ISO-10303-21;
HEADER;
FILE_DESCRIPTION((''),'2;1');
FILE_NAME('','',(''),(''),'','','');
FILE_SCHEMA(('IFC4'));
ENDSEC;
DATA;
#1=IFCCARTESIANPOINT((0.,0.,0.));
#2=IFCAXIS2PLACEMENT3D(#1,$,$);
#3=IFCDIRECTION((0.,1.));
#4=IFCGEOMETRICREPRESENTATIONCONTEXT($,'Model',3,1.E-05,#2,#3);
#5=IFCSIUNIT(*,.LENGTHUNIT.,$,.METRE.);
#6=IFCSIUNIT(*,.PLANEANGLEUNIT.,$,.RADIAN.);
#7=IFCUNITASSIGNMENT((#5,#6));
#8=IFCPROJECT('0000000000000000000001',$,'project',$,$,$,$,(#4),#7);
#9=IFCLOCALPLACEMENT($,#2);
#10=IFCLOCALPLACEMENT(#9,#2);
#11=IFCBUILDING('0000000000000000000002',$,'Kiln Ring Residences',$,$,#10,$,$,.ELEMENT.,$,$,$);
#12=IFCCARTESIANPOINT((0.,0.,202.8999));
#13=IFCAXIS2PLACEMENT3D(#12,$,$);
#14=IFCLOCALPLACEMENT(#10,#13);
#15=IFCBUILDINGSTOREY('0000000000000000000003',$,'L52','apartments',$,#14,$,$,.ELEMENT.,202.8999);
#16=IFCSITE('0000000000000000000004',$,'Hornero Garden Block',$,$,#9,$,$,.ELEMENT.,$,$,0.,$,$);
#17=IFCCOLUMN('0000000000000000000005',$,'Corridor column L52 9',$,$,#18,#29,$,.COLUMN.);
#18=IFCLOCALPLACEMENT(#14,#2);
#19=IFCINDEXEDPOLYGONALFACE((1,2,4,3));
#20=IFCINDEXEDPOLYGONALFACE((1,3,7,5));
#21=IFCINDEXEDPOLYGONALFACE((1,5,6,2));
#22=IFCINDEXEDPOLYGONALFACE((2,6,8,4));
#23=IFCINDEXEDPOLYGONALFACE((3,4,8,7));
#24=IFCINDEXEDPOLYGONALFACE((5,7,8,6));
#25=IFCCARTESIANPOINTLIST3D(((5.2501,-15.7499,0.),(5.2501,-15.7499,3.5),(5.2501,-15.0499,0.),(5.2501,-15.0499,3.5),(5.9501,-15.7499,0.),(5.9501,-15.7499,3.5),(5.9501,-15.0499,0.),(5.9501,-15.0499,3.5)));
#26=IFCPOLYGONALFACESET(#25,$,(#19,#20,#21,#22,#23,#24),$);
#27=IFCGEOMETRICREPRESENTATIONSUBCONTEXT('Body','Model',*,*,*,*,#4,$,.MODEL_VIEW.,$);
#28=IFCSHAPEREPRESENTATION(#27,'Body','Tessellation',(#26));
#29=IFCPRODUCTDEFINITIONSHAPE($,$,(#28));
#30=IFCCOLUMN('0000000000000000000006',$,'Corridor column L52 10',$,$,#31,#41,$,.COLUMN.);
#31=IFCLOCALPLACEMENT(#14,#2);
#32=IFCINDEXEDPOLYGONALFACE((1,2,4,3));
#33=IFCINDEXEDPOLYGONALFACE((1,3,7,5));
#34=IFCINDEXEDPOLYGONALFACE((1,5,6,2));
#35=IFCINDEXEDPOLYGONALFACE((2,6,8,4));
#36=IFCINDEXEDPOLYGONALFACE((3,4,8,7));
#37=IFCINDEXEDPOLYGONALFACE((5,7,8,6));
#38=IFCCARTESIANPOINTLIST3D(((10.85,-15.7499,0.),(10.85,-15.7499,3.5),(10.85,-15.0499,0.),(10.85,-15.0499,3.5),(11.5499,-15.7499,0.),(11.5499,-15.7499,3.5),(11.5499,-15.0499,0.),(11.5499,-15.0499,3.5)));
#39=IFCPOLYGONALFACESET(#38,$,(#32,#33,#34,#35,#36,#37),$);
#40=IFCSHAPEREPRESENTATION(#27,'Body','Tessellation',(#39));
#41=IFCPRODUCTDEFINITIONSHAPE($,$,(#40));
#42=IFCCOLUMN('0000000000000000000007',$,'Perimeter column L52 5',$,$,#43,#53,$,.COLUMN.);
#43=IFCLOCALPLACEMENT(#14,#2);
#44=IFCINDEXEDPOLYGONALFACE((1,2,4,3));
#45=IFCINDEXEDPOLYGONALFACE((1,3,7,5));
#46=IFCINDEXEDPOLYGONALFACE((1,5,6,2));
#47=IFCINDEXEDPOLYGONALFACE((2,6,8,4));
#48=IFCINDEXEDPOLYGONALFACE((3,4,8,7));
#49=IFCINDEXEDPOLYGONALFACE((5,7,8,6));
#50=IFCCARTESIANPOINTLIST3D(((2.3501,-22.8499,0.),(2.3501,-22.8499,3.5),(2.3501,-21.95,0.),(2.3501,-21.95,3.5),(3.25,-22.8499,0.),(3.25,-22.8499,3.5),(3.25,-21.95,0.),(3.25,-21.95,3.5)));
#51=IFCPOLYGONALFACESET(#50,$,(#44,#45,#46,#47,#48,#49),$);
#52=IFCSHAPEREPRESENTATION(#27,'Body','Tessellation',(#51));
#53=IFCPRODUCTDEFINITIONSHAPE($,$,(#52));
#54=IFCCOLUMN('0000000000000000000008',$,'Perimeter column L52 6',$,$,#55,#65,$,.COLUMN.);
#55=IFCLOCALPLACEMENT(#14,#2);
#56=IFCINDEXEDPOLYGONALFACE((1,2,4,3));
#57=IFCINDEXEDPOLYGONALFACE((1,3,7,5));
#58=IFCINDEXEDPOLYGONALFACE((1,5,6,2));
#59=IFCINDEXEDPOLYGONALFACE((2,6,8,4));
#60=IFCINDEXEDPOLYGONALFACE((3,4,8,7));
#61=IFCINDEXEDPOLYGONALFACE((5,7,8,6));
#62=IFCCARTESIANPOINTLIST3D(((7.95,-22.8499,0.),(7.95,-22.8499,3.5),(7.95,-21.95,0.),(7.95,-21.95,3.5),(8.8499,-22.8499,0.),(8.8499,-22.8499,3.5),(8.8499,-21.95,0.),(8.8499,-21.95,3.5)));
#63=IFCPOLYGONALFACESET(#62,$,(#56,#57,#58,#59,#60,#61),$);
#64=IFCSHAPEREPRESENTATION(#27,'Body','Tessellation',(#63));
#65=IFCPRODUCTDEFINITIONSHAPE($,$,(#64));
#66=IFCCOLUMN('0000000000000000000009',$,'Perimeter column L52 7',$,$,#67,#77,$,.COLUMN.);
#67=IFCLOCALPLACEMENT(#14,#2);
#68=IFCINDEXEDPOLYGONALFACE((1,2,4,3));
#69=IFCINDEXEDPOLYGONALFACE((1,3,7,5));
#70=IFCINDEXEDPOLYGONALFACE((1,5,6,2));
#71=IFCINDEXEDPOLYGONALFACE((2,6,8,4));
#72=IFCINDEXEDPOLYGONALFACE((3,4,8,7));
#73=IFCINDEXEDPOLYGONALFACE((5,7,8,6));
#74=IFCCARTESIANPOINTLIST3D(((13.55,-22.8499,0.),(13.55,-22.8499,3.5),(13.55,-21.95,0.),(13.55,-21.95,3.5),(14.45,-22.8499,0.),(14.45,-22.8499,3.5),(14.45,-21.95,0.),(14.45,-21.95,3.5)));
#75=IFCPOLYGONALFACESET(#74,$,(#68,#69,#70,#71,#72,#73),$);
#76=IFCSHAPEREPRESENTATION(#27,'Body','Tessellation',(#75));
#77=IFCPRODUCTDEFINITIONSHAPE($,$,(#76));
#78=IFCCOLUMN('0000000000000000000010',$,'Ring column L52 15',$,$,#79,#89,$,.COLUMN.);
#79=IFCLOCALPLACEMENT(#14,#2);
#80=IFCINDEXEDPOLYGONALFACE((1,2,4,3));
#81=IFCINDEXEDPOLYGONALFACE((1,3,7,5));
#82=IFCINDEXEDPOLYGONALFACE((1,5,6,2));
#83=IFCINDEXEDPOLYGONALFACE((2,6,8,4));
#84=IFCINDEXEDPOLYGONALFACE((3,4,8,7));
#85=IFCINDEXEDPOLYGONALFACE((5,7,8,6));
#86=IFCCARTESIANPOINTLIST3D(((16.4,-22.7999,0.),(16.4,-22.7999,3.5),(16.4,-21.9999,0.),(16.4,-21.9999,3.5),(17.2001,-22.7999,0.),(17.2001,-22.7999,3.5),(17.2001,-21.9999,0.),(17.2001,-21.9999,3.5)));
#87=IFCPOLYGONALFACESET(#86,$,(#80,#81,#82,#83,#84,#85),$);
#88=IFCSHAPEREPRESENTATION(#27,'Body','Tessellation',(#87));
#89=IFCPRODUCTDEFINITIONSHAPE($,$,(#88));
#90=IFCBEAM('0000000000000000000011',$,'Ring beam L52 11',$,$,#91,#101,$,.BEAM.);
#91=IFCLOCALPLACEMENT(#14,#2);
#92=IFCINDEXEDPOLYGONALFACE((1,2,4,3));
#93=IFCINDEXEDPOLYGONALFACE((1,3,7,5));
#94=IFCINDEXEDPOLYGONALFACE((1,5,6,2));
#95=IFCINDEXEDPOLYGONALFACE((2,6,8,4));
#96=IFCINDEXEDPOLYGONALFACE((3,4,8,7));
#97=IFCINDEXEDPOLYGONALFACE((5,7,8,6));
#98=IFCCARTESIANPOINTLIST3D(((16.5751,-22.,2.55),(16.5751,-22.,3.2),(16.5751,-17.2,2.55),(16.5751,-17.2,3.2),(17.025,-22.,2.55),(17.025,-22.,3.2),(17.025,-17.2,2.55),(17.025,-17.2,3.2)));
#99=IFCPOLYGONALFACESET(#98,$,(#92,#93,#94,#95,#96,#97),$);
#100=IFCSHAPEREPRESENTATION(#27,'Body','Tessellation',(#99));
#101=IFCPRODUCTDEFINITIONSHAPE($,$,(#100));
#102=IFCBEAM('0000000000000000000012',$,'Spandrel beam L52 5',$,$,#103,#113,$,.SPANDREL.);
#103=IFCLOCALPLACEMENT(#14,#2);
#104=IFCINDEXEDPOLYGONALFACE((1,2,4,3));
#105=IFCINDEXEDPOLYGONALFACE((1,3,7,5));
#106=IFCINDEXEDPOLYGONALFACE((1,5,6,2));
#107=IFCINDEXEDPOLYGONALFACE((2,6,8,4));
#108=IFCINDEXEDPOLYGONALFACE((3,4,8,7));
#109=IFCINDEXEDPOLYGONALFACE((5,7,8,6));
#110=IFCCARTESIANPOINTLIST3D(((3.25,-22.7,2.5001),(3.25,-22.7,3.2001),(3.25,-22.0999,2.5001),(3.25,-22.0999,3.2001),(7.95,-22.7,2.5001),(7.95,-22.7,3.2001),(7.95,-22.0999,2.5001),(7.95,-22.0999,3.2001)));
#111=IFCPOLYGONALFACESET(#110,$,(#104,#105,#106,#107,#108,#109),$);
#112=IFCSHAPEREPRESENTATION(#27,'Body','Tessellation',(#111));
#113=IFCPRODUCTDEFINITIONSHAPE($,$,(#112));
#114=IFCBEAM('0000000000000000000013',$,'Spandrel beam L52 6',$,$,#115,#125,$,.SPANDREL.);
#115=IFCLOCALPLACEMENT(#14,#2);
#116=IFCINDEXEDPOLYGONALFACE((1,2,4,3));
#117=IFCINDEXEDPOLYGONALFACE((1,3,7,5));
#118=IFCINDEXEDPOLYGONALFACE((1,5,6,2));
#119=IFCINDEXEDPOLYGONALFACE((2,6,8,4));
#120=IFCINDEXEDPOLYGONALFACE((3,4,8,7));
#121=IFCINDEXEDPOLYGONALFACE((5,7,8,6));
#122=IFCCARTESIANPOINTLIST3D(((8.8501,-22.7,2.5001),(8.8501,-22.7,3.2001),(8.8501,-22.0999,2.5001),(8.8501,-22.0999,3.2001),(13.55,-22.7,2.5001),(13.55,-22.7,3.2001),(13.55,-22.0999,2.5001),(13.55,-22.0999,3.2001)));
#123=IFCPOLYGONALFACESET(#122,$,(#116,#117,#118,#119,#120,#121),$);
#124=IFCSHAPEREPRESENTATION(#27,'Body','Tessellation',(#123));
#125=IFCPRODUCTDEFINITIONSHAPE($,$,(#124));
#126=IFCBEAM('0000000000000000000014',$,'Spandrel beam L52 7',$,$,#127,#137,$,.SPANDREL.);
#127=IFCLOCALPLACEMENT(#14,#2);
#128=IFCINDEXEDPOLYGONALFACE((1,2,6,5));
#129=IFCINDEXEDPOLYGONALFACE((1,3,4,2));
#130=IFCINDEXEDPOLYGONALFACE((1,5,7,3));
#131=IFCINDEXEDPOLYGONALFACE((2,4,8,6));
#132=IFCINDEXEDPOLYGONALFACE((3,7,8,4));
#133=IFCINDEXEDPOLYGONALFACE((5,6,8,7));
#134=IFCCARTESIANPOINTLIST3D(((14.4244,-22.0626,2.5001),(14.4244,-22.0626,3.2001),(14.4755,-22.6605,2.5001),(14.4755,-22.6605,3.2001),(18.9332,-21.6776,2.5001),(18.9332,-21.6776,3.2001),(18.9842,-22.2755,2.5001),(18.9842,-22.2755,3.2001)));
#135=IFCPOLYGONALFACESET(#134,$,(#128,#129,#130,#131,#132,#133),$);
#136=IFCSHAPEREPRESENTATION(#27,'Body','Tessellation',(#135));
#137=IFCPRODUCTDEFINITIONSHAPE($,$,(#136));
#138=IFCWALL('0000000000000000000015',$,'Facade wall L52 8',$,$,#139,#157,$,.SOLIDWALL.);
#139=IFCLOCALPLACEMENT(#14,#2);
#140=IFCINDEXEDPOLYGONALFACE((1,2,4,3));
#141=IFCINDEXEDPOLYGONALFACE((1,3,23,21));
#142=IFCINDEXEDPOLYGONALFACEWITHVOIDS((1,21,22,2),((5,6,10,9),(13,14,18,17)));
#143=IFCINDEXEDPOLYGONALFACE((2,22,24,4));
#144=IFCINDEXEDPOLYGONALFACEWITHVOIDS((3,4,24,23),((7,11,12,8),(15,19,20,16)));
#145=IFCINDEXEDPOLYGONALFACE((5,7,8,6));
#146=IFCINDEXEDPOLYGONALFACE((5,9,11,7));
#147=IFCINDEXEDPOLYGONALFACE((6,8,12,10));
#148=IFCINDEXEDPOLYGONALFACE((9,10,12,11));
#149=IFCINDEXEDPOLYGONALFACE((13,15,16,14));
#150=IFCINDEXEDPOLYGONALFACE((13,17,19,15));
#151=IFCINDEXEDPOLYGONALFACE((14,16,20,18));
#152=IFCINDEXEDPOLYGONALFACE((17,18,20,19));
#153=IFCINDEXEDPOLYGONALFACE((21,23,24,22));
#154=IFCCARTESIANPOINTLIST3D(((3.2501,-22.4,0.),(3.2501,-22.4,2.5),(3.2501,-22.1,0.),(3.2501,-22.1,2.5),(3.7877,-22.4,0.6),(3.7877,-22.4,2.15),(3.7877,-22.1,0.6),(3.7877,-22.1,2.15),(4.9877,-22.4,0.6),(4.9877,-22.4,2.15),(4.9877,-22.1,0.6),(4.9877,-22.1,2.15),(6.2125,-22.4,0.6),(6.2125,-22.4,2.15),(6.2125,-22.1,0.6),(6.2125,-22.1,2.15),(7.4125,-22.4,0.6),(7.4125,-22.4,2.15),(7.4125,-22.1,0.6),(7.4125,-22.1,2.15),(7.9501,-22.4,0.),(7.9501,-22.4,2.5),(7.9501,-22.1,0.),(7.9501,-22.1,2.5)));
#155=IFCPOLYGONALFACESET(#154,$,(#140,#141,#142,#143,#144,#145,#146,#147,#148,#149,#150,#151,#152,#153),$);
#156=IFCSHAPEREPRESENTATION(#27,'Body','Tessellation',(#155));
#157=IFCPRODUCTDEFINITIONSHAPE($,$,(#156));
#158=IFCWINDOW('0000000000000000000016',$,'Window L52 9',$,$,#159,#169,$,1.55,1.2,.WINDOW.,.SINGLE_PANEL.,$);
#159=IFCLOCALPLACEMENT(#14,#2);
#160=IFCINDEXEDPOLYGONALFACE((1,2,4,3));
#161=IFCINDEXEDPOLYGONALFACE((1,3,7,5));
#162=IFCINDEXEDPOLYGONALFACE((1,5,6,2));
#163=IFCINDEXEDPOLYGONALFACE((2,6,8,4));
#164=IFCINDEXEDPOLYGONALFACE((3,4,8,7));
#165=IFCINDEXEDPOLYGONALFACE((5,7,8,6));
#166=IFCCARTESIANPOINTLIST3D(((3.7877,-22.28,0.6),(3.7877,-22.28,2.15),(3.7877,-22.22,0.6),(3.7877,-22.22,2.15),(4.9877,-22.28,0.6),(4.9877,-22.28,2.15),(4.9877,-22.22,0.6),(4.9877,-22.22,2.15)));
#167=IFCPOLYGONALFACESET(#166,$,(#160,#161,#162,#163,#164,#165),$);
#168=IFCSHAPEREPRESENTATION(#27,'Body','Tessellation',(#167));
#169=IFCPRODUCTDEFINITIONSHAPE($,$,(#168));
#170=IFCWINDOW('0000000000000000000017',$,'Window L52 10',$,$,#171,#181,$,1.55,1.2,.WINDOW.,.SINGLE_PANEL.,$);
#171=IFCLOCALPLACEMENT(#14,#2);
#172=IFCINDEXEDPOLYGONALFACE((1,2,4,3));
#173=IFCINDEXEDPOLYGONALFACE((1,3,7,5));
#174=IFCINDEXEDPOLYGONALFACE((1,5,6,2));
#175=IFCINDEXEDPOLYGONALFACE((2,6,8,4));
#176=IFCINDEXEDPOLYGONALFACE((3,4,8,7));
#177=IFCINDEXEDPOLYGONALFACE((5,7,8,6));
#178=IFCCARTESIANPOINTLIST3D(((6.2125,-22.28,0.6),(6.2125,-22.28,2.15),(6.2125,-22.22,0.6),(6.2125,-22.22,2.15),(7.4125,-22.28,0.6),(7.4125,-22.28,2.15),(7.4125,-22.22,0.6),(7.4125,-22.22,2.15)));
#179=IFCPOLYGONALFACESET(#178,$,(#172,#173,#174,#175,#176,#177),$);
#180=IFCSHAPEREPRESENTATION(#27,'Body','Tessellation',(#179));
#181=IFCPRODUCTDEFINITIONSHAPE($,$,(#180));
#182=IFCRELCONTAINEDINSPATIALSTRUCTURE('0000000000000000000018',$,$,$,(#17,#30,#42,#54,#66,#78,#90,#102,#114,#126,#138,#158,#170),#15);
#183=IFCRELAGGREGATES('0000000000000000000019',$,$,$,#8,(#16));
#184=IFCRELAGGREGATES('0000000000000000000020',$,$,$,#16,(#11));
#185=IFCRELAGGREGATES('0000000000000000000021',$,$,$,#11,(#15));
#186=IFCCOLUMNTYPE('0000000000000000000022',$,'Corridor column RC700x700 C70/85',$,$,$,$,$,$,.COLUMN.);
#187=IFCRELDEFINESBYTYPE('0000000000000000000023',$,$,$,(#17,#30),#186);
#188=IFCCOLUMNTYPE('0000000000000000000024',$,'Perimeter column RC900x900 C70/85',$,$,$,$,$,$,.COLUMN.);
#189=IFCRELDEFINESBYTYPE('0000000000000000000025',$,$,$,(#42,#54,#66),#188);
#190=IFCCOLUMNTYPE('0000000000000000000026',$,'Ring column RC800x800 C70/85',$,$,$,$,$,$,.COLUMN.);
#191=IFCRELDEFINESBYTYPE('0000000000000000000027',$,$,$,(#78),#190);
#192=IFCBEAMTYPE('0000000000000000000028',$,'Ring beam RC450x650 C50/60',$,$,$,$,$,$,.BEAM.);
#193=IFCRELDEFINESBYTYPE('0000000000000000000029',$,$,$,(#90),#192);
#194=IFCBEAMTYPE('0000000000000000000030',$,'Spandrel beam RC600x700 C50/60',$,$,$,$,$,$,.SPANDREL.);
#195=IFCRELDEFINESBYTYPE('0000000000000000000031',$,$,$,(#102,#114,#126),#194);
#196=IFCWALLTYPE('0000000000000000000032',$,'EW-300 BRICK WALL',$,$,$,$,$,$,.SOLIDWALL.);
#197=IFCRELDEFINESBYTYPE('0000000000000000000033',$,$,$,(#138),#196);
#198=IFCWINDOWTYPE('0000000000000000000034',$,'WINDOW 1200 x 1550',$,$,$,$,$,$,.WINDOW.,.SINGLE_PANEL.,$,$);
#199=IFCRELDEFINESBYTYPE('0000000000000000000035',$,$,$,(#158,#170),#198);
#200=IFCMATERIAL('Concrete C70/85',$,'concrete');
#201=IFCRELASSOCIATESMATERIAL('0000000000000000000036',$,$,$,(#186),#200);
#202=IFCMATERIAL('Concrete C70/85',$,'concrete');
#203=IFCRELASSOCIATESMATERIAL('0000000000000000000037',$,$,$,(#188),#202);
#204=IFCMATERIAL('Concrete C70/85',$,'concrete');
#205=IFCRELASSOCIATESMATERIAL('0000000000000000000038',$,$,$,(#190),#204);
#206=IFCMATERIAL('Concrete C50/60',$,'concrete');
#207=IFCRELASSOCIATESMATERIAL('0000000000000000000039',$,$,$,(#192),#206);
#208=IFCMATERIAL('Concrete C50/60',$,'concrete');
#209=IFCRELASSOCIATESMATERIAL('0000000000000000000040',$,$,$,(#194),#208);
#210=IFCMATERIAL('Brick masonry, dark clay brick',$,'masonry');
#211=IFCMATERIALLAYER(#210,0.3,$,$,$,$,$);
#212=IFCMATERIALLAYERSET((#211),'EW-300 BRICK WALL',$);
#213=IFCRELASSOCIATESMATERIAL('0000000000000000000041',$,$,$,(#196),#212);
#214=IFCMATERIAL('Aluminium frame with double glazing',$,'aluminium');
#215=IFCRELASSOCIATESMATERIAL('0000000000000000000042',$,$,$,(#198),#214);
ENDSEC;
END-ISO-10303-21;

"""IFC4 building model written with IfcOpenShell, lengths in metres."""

from ifc_helpers import new_model, si_unit, direction, frame, frame_2d, origin, origin_2d, place, context, subcontext, project, spatial, rectangle, extrude, material, layer, layer_set, material_profile, profile_set, type_object, element, fill, save


model = new_model("IFC4")

# Units and contexts
model_context = context("Model", 3, precision=1e-05, world=origin(), true_north=direction((0.0, 1.0)))
body_context = subcontext(model_context, "Body", "Model", "MODEL_VIEW")
ifc_project = project(units=[si_unit("LENGTHUNIT", "METRE"), si_unit("PLANEANGLEUNIT", "RADIAN")], contexts=[model_context])

# Site, building, storey
site_placement = place(None, origin())
site = spatial("IfcSite", under=ifc_project, at=site_placement, Name="Hornero Garden Block", CompositionType="ELEMENT", RefElevation=0.0)
building_placement = place(site_placement, origin())
building = spatial("IfcBuilding", under=site, at=building_placement, Name="Kiln Ring Residences", CompositionType="ELEMENT")
storey_placement = place(building_placement, frame((0.0, 0.0, 202.8999)))
storey = spatial("IfcBuildingStorey", under=building, at=storey_placement, Name="L52", Description="apartments", CompositionType="ELEMENT", Elevation=202.8999)

# Columns
ifc_material_1 = material(Name="Concrete C70/85", Category="concrete")
ifc_material_profile_1 = material_profile(ifc_material_1, rectangle(XDim=0.7, YDim=0.7, at=origin_2d()), Name="RC700x700")
ifc_profile_set_1 = profile_set([ifc_material_profile_1], Name="Concrete C70/85")
column_type_1 = type_object("IfcColumnType", Name="Corridor column RC700x700 C70/85", PredefinedType="COLUMN", material=ifc_profile_set_1)
for number, where, z_axis, x_axis, name in (
    (1, (5.6001, -15.3999, 0.0), (0.0, 0.0, 1.0), (1.0, 0.0, 0.0), "Corridor column L52 9"),
    (2, (11.2, -15.3999, 0.0), (0.0, 0.0, 1.0), (1.0, 0.0, 0.0), "Corridor column L52 10"),
):
    element("IfcColumn", number, at=place(storey_placement, frame(where, z_axis=z_axis, x_axis=x_axis)), inside=storey, type_object=column_type_1, Name=name, PredefinedType="COLUMN", context=body_context, shape_type="SweptSolid", body=[
        extrude(rectangle(XDim=0.7, YDim=0.7, at=origin_2d()), origin(), (0.0, 0.0, 1.0), 3.5),
    ])
ifc_material_2 = material(Name="Concrete C70/85", Category="concrete")
ifc_material_profile_2 = material_profile(ifc_material_2, rectangle(XDim=0.8999, YDim=0.8999, at=origin_2d()), Name="RC900x900")
ifc_profile_set_2 = profile_set([ifc_material_profile_2], Name="Concrete C70/85")
column_type_2 = type_object("IfcColumnType", Name="Perimeter column RC900x900 C70/85", PredefinedType="COLUMN", material=ifc_profile_set_2)
for number, where, z_axis, x_axis, name in (
    (3, (2.8, -22.3999, 0.0), (0.0, 0.0, 1.0), (1.0, 0.0, 0.0), "Perimeter column L52 5"),
    (4, (8.3999, -22.3999, 0.0), (0.0, 0.0, 1.0), (1.0, 0.0, 0.0), "Perimeter column L52 6"),
    (5, (14.0, -22.3999, 0.0), (0.0, 0.0, 1.0), (1.0, 0.0, 0.0), "Perimeter column L52 7"),
):
    element("IfcColumn", number, at=place(storey_placement, frame(where, z_axis=z_axis, x_axis=x_axis)), inside=storey, type_object=column_type_2, Name=name, PredefinedType="COLUMN", context=body_context, shape_type="SweptSolid", body=[
        extrude(rectangle(XDim=0.8999, YDim=0.8999, at=origin_2d()), origin(), (0.0, 0.0, 1.0), 3.5),
    ])
ifc_material_3 = material(Name="Concrete C70/85", Category="concrete")
ifc_material_profile_3 = material_profile(ifc_material_3, rectangle(XDim=0.8, YDim=0.8, at=origin_2d()), Name="RC800x800")
ifc_profile_set_3 = profile_set([ifc_material_profile_3], Name="Concrete C70/85")
column_type_3 = type_object("IfcColumnType", Name="Ring column RC800x800 C70/85", PredefinedType="COLUMN", material=ifc_profile_set_3)
column_placement = place(storey_placement, frame((16.8, -22.3999, 0.0), z_axis=(0.0, 0.0, 1.0), x_axis=(1.0, 0.0, 0.0)))
element("IfcColumn", 6, at=column_placement, inside=storey, type_object=column_type_3, Name="Ring column L52 15", PredefinedType="COLUMN", context=body_context, shape_type="SweptSolid", body=[
    extrude(rectangle(XDim=0.8, YDim=0.8, at=origin_2d()), origin(), (0.0, 0.0, 1.0), 3.5),
])

# Beams
ifc_material_4 = material(Name="Concrete C50/60", Category="concrete")
ifc_material_profile_4 = material_profile(ifc_material_4, rectangle(XDim=0.45, YDim=0.6499, at=origin_2d()), Name="RC450x650")
ifc_profile_set_4 = profile_set([ifc_material_profile_4], Name="Concrete C50/60")
beam_type_1 = type_object("IfcBeamType", Name="Ring beam RC450x650 C50/60", PredefinedType="BEAM", material=ifc_profile_set_4)
beam_1_placement = place(storey_placement, frame((16.8, -17.2, 2.875), z_axis=(0.0, -1.0, 0.0), x_axis=(1.0, 0.0, 0.0)))
element("IfcBeam", 7, at=beam_1_placement, inside=storey, type_object=beam_type_1, Name="Ring beam L52 11", PredefinedType="BEAM", context=body_context, shape_type="SweptSolid", body=[
    extrude(rectangle(XDim=0.45, YDim=0.6499, at=origin_2d()), origin(), (0.0, 0.0, 1.0), 4.8),
])
ifc_material_5 = material(Name="Concrete C50/60", Category="concrete")
ifc_material_profile_5 = material_profile(ifc_material_5, rectangle(XDim=0.6001, YDim=0.7, at=origin_2d()), Name="RC600x700")
ifc_profile_set_5 = profile_set([ifc_material_profile_5], Name="Concrete C50/60")
beam_type_2 = type_object("IfcBeamType", Name="Spandrel beam RC600x700 C50/60", PredefinedType="SPANDREL", material=ifc_profile_set_5)
for number, where, z_axis, x_axis, name in (
    (8, (3.25, -22.3999, 2.8501), (1.0, 0.0, 0.0), (0.0, 1.0, 0.0), "Spandrel beam L52 5"),
    (9, (8.8501, -22.3999, 2.8501), (1.0, 0.0, 0.0), (0.0, 1.0, 0.0), "Spandrel beam L52 6"),
):
    element("IfcBeam", number, at=place(storey_placement, frame(where, z_axis=z_axis, x_axis=x_axis)), inside=storey, type_object=beam_type_2, Name=name, PredefinedType="SPANDREL", context=body_context, shape_type="SweptSolid", body=[
        extrude(rectangle(XDim=0.6001, YDim=0.7, at=origin_2d()), origin(), (0.0, 0.0, 1.0), 4.7),
    ])
beam_2_placement = place(storey_placement, frame((14.45, -22.3616, 2.8501), z_axis=(0.996374, 0.085081, 0.0), x_axis=(-0.085081, 0.996374, 0.0)))
element("IfcBeam", 10, at=beam_2_placement, inside=storey, type_object=beam_type_2, Name="Spandrel beam L52 7", PredefinedType="SPANDREL", context=body_context, shape_type="SweptSolid", body=[
    extrude(rectangle(XDim=0.6001, YDim=0.7, at=origin_2d()), origin(), (0.0, 0.0, 1.0), 4.5251),
])

# Wall, openings, windows
ifc_material_6 = material(Name="Brick masonry, dark clay brick", Category="masonry")
ifc_layer_1 = layer(ifc_material_6, 0.3)
ifc_layer_set_1 = layer_set([ifc_layer_1], Name="EW-300 BRICK WALL")
wall_type_1 = type_object("IfcWallType", Name="EW-300 BRICK WALL", PredefinedType="SOLIDWALL", material=ifc_layer_set_1)
wall_1_placement = place(storey_placement, frame((3.25, -22.25, 0.0), z_axis=(0.0, 0.0, 1.0), x_axis=(1.0, 0.0, 0.0)))
wall_1 = element("IfcWall", 11, at=wall_1_placement, inside=storey, type_object=wall_type_1, Name="Facade wall L52 8", PredefinedType="SOLIDWALL", context=body_context, shape_type="SweptSolid", body=[
    extrude(rectangle(XDim=4.7, YDim=0.3, at=frame_2d((2.3501, 0.0))), origin(), (0.0, 0.0, 1.0), 2.5),
])
opening_1_placement = place(wall_1_placement, frame((0.5376, 0.0, 0.6001)))
opening_1 = element("IfcOpeningElement", 12, at=opening_1_placement, cuts=wall_1, PredefinedType="OPENING", context=body_context, shape_type="SweptSolid", body=[
    extrude(rectangle(XDim=1.2, YDim=1.55, at=frame_2d((0.6001, 0.7749))), frame((0.0, 0.1599, 0.0), z_axis=(0.0, -1.0, 0.0), x_axis=(1.0, 0.0, 0.0)), (0.0, 0.0, 1.0), 0.3201),
])
opening_2_placement = place(wall_1_placement, frame((2.9624, 0.0, 0.6001)))
opening_2 = element("IfcOpeningElement", 13, at=opening_2_placement, cuts=wall_1, PredefinedType="OPENING", context=body_context, shape_type="SweptSolid", body=[
    extrude(rectangle(XDim=1.2, YDim=1.55, at=frame_2d((0.6001, 0.7749))), frame((0.0, 0.1599, 0.0), z_axis=(0.0, -1.0, 0.0), x_axis=(1.0, 0.0, 0.0)), (0.0, 0.0, 1.0), 0.3201),
])
ifc_material_7 = material(Name="Aluminium frame with double glazing", Category="aluminium")
window_type = type_object("IfcWindowType", Name="WINDOW 1200 x 1550", PartitioningType="SINGLE_PANEL", PredefinedType="WINDOW", material=ifc_material_7)
window_1_placement = place(opening_1_placement, origin())
window_1 = element("IfcWindow", 14, at=window_1_placement, inside=storey, type_object=window_type, Name="Window L52 9", OverallHeight=1.55, OverallWidth=1.2, PartitioningType="SINGLE_PANEL", PredefinedType="WINDOW", context=body_context, shape_type="SweptSolid", body=[
    extrude(rectangle(XDim=1.2, YDim=1.55, at=frame_2d((0.6001, 0.7749))), frame((0.0, 0.03, 0.0), z_axis=(0.0, -1.0, 0.0), x_axis=(1.0, 0.0, 0.0)), (0.0, 0.0, 1.0), 0.0601),
])
fill(opening_1, window_1)
window_2_placement = place(opening_2_placement, origin())
window_2 = element("IfcWindow", 15, at=window_2_placement, inside=storey, type_object=window_type, Name="Window L52 10", OverallHeight=1.55, OverallWidth=1.2, PartitioningType="SINGLE_PANEL", PredefinedType="WINDOW", context=body_context, shape_type="SweptSolid", body=[
    extrude(rectangle(XDim=1.2, YDim=1.55, at=frame_2d((0.6001, 0.7749))), frame((0.0, 0.03, 0.0), z_axis=(0.0, -1.0, 0.0), x_axis=(1.0, 0.0, 0.0)), (0.0, 0.0, 1.0), 0.0601),
])
fill(opening_2, window_2)

save(model, "model.ifc")
